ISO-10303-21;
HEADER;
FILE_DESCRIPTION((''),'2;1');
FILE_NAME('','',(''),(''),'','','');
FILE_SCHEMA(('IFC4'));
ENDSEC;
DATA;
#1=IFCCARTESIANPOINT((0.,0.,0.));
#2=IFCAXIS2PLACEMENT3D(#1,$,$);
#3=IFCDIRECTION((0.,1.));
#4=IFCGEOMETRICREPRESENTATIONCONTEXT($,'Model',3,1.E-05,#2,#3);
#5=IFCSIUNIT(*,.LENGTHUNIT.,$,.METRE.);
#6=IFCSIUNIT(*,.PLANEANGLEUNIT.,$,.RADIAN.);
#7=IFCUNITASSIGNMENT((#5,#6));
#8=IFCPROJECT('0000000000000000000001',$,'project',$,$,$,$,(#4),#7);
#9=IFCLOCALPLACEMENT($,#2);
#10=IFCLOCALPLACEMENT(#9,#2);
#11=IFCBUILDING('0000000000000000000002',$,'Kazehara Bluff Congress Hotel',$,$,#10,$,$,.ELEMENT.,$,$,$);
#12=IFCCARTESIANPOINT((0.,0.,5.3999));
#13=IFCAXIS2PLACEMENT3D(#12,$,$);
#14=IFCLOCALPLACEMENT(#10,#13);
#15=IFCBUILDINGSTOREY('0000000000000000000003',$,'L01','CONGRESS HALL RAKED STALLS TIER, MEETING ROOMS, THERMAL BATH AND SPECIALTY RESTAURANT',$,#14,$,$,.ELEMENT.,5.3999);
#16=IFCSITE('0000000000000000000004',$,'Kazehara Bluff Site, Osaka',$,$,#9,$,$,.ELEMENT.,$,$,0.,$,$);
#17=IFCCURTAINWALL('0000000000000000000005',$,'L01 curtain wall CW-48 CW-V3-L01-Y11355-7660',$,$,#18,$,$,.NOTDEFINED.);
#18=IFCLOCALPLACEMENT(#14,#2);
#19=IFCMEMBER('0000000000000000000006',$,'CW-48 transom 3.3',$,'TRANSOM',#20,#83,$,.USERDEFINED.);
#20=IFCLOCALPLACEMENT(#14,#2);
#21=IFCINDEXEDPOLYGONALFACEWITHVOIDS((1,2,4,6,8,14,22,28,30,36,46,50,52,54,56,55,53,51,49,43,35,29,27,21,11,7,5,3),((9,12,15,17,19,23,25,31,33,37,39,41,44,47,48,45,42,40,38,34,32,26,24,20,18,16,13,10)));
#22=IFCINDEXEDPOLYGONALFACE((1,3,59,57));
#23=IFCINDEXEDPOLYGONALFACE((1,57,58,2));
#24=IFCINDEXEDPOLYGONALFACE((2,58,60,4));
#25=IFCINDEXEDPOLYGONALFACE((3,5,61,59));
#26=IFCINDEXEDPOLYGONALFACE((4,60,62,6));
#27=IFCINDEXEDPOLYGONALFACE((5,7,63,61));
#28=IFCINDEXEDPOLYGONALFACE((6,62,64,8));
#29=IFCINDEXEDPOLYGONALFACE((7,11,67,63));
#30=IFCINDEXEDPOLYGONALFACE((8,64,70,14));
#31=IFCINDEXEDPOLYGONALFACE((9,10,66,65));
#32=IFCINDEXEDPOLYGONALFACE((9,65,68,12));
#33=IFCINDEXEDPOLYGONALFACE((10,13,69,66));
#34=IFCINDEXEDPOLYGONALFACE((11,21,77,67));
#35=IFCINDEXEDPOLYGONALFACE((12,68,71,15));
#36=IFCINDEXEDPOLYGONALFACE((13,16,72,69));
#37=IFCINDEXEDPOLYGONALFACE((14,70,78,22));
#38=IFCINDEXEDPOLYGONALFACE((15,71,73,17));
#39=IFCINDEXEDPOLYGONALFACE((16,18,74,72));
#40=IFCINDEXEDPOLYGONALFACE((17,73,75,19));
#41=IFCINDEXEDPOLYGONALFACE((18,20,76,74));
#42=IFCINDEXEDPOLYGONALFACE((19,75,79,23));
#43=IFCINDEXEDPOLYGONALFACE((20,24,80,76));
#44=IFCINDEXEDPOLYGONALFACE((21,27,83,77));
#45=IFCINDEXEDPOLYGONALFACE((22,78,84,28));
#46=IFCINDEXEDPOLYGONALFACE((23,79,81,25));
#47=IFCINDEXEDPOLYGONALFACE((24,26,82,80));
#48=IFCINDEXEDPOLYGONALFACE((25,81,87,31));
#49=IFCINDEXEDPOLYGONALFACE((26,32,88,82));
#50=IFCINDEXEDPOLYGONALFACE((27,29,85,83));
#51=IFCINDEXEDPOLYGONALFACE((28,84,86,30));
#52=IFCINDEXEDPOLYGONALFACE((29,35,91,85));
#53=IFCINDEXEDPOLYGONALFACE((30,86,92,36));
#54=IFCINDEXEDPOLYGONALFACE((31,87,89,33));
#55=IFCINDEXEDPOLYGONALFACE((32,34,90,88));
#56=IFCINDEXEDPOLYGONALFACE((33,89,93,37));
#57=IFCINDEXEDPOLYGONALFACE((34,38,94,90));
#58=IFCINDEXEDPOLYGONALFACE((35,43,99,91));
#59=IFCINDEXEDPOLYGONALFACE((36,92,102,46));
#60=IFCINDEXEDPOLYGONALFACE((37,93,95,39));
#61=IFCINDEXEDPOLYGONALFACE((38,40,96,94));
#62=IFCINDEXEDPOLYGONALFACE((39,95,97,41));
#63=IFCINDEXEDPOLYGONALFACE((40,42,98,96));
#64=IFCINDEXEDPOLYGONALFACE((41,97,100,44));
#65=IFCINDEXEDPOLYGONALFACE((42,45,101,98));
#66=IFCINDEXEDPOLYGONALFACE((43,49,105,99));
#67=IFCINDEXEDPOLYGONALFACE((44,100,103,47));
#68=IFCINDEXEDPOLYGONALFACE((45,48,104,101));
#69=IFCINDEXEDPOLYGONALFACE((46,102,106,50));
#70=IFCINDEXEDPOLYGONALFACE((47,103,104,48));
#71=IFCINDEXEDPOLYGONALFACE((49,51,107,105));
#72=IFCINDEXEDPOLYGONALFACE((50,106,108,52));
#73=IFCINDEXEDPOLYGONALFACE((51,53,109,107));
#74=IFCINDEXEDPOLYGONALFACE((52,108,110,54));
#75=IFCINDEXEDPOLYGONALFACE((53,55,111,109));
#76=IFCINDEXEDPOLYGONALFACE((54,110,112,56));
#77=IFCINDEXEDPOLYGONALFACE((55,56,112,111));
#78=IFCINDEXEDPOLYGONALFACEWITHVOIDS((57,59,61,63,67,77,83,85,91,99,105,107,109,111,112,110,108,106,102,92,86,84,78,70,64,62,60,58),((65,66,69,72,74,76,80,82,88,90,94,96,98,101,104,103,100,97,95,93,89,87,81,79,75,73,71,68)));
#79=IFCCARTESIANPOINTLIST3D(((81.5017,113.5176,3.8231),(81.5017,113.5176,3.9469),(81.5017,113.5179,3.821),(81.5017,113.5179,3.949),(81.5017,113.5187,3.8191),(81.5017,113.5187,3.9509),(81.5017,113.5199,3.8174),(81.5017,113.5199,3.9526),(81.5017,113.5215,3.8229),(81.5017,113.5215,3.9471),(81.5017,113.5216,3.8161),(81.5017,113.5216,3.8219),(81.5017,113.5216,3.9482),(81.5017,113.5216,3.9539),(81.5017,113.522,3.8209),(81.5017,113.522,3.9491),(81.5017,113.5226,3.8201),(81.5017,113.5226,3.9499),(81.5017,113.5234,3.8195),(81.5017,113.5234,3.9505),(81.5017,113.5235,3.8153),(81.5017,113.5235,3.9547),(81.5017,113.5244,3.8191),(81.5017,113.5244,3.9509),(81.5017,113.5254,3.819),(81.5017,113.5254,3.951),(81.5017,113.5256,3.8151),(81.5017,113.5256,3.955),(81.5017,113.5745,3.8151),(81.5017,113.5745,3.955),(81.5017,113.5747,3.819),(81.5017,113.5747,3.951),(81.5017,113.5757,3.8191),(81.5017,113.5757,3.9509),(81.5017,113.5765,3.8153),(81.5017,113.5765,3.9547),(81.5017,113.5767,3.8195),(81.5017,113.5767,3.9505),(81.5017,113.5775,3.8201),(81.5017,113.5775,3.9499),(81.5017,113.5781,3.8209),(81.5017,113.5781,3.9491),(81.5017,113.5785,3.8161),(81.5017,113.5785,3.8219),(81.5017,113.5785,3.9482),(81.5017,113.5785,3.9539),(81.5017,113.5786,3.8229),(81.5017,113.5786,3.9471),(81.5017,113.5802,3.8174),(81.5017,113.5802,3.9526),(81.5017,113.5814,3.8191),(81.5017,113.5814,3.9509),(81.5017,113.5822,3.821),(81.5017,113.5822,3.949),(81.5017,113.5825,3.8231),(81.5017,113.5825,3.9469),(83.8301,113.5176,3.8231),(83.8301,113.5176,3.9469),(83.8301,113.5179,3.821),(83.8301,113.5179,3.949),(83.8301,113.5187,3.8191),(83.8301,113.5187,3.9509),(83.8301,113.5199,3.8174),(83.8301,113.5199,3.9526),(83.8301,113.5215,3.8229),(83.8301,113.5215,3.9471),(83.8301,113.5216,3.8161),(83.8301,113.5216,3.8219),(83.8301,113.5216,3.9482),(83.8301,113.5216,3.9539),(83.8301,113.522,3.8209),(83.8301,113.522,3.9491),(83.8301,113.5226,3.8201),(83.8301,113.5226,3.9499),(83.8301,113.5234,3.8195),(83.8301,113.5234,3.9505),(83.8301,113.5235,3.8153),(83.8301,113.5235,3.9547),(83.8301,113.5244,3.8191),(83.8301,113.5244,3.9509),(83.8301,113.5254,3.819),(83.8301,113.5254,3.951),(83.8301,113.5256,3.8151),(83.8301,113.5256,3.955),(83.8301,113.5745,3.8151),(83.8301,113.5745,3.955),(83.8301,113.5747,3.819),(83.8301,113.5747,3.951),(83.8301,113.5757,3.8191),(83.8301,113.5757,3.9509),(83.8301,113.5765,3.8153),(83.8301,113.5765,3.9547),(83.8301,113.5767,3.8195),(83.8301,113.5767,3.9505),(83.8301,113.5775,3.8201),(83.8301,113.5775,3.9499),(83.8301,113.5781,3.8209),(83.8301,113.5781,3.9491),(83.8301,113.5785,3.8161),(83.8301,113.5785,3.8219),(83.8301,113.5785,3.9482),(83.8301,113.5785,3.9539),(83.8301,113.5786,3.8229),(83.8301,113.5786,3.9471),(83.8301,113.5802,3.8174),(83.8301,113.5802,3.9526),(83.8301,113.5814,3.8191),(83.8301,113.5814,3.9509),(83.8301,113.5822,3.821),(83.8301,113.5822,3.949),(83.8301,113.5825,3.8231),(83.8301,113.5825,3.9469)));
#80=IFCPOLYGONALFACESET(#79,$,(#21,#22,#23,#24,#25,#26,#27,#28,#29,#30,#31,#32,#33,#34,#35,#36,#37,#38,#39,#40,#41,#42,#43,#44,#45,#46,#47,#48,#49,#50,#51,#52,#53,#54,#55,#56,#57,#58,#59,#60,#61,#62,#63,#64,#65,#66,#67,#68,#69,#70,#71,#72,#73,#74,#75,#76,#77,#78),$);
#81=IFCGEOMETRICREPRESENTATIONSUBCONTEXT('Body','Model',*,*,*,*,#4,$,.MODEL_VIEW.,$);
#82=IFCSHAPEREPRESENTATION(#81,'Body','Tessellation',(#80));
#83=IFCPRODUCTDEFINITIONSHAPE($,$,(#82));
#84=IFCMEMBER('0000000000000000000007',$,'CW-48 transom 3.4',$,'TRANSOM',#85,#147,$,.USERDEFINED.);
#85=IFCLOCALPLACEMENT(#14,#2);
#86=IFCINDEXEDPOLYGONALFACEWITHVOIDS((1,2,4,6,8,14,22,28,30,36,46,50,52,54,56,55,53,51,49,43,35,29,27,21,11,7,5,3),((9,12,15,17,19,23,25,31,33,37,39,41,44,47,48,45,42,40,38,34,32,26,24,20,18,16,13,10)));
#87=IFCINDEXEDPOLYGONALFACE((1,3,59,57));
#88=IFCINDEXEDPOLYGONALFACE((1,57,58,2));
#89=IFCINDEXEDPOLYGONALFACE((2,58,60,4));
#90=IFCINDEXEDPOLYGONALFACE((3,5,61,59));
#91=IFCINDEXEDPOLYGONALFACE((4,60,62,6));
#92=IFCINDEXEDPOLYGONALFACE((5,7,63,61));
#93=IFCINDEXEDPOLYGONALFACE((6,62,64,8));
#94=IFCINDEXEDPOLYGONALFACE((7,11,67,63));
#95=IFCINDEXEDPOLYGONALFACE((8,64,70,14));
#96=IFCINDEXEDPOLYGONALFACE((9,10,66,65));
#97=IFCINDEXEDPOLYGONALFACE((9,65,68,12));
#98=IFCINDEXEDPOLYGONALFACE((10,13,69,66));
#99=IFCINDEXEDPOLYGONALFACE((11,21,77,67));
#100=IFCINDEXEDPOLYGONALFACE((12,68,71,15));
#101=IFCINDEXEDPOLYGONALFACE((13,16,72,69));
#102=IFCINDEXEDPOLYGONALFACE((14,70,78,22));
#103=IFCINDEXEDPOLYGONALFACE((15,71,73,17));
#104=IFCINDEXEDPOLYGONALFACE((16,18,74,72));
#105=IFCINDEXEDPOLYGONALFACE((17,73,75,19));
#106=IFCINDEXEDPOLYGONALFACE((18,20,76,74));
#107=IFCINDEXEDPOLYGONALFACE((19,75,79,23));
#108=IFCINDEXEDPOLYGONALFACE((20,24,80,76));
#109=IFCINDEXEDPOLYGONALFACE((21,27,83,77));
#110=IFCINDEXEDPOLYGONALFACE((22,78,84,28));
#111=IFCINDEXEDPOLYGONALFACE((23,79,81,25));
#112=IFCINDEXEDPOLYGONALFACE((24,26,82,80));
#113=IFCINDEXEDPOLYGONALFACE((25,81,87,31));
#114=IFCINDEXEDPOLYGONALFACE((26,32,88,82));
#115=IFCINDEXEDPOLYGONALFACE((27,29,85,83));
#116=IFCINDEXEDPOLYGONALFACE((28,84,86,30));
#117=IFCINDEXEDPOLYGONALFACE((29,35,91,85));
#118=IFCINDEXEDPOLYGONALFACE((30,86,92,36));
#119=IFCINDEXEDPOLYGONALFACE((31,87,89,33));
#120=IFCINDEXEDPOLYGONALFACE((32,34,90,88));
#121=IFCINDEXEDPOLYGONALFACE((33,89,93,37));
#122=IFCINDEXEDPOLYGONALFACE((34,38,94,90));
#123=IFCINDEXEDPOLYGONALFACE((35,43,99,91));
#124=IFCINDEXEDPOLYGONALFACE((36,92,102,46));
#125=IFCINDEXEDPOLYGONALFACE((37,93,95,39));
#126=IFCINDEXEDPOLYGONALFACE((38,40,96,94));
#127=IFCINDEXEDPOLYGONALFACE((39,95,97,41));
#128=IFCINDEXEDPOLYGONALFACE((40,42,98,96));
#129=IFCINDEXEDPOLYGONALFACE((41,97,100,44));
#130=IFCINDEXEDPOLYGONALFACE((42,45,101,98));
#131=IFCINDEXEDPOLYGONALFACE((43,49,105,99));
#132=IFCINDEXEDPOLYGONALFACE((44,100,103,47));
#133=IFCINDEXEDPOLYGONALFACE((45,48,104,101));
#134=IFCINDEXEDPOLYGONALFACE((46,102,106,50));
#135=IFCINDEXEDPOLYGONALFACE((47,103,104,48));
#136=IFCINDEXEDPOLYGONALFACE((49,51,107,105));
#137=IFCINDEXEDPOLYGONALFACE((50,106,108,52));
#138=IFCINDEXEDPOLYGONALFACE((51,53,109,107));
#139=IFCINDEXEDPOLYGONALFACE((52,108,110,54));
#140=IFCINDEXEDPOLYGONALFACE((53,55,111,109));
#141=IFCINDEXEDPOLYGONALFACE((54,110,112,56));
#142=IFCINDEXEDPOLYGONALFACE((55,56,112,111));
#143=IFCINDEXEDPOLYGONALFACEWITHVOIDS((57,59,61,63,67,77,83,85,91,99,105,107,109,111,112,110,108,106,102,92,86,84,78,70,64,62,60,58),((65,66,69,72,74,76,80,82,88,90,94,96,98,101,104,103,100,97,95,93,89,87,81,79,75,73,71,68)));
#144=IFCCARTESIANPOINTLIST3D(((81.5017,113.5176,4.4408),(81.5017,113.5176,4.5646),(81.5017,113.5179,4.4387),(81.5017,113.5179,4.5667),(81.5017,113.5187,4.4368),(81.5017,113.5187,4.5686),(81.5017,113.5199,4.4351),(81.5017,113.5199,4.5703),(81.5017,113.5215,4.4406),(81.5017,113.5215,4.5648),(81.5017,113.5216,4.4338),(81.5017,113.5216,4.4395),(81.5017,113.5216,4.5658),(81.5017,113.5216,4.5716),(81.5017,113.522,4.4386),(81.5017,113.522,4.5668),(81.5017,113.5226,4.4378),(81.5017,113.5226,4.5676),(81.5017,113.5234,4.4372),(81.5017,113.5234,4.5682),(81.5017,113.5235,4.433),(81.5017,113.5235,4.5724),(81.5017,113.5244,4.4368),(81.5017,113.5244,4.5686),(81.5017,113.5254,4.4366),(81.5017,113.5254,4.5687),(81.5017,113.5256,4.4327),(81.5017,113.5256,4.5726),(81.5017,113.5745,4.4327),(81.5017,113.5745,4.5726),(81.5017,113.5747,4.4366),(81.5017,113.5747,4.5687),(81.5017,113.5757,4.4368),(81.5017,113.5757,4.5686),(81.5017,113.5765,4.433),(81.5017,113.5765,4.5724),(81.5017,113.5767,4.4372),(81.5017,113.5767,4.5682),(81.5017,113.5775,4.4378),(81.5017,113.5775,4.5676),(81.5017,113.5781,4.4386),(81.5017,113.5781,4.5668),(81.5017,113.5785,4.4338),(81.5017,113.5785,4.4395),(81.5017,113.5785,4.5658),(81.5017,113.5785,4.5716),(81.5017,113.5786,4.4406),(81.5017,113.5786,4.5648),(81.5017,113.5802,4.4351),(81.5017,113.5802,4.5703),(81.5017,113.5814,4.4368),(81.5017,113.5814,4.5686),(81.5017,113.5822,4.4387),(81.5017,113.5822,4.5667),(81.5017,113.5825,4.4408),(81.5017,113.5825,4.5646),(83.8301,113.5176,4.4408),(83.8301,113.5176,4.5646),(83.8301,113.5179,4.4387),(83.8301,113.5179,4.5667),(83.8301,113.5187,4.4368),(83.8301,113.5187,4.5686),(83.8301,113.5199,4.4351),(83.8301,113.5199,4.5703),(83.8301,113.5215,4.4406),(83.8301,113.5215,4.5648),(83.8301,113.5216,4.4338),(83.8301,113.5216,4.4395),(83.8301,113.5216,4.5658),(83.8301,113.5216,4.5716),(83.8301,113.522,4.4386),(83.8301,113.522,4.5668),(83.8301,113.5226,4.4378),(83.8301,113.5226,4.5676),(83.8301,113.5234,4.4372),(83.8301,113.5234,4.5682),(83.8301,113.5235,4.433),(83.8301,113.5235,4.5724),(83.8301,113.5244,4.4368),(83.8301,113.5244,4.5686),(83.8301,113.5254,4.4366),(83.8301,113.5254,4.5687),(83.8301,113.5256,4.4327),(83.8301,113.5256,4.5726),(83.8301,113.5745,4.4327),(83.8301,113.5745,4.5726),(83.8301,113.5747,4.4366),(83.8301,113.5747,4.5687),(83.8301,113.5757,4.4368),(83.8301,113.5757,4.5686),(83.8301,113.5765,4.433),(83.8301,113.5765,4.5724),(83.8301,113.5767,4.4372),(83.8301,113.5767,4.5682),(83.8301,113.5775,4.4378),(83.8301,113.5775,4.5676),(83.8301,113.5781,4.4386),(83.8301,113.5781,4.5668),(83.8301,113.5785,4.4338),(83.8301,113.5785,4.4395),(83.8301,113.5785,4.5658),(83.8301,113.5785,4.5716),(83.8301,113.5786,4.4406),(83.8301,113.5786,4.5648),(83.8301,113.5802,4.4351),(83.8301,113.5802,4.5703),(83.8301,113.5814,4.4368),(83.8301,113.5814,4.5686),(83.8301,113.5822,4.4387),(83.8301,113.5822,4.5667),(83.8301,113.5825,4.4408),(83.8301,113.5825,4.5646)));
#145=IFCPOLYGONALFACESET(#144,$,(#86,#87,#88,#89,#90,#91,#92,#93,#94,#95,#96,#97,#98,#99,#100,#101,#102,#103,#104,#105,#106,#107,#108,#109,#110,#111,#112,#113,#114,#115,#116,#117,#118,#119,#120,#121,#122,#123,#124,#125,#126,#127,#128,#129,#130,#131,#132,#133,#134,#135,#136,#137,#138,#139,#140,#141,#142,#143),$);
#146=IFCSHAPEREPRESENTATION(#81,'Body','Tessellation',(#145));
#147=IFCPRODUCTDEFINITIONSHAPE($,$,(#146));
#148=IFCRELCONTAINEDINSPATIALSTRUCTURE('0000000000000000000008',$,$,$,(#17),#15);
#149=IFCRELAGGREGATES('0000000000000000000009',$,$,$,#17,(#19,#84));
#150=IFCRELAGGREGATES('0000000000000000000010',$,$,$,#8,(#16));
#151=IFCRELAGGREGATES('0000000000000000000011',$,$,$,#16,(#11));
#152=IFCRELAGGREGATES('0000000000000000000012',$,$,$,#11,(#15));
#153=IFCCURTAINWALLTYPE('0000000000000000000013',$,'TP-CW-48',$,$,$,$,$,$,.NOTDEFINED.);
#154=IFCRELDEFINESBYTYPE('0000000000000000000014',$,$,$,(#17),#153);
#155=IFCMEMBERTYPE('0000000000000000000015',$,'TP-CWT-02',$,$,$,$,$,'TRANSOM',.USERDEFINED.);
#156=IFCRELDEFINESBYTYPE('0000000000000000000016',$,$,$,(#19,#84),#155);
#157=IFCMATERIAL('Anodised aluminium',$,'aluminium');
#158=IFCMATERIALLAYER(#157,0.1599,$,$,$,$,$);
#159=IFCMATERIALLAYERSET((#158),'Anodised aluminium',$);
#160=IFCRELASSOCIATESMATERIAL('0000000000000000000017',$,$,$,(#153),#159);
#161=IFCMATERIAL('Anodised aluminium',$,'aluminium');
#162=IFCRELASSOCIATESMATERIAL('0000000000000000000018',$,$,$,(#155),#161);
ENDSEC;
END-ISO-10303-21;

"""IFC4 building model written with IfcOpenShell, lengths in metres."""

from ifc_helpers import new_model, si_unit, direction, frame, origin, origin_2d, place, context, subcontext, project, spatial, hollow_rectangle, extrude, material, layer, layer_set, material_profile, profile_set, type_object, element, aggregate, save


model = new_model("IFC4")

# Units and contexts
model_context = context("Model", 3, precision=1e-05, world=origin(), true_north=direction((0.0, 1.0)))
body_context = subcontext(model_context, "Body", "Model", "MODEL_VIEW")
ifc_project = project(units=[si_unit("LENGTHUNIT", "METRE"), si_unit("PLANEANGLEUNIT", "RADIAN")], contexts=[model_context])

# Site, building, storey
site_placement = place(None, origin())
site = spatial("IfcSite", under=ifc_project, at=site_placement, Name="Kazehara Bluff Site, Osaka", CompositionType="ELEMENT", RefElevation=0.0)
building_placement = place(site_placement, origin())
building = spatial("IfcBuilding", under=site, at=building_placement, Name="Kazehara Bluff Congress Hotel", CompositionType="ELEMENT")
storey_placement = place(building_placement, frame((0.0, 0.0, 5.3999)))
storey = spatial("IfcBuildingStorey", under=building, at=storey_placement, Name="L01", Description="CONGRESS HALL RAKED STALLS TIER, MEETING ROOMS, THERMAL BATH AND SPECIALTY RESTAURANT", CompositionType="ELEMENT", Elevation=5.3999)

# Curtain wall
ifc_material_1 = material(Name="Anodised aluminium", Category="aluminium")
ifc_layer_1 = layer(ifc_material_1, 0.1599)
ifc_layer_set_1 = layer_set([ifc_layer_1], Name="Anodised aluminium")
curtain_wall_type_1 = type_object("IfcCurtainWallType", Name="TP-CW-48", PredefinedType="NOTDEFINED", material=ifc_layer_set_1)
curtain_wall_1_placement = place(storey_placement, origin())
curtain_wall_1 = element("IfcCurtainWall", 1, at=curtain_wall_1_placement, inside=storey, type_object=curtain_wall_type_1, Name="L01 curtain wall CW-48 CW-V3-L01-Y11355-7660", PredefinedType="NOTDEFINED")

# Members
ifc_material_2 = material(Name="Anodised aluminium", Category="aluminium")
ifc_material_profile_1 = material_profile(ifc_material_2, hollow_rectangle(XDim=0.0649, YDim=0.1399, WallThickness=0.0039, InnerFilletRadius=0.0039, OuterFilletRadius=0.0081, at=origin_2d()))
ifc_profile_set_1 = profile_set([ifc_material_profile_1], Name="Anodised aluminium")
member_type_1 = type_object("IfcMemberType", Name="TP-CWT-02", ElementType="TRANSOM", PredefinedType="USERDEFINED", material=ifc_profile_set_1)
member_1_placement = place(storey_placement, frame((81.5017, 113.55, 3.885), z_axis=(1.0, 0.0, 0.0), x_axis=(0.0, 1.0, 0.0)))
member_1 = element("IfcMember", 2, at=member_1_placement, type_object=member_type_1, Name="CW-48 transom 3.3", ObjectType="TRANSOM", PredefinedType="USERDEFINED", context=body_context, shape_type="SweptSolid", body=[
    extrude(hollow_rectangle(XDim=0.0649, YDim=0.1399, WallThickness=0.0039, InnerFilletRadius=0.0039, OuterFilletRadius=0.0081, at=origin_2d()), origin(), (0.0, 0.0, 1.0), 2.3284),
])
member_2_placement = place(storey_placement, frame((81.5017, 113.55, 4.5027), z_axis=(1.0, 0.0, 0.0), x_axis=(0.0, 1.0, 0.0)))
member_2 = element("IfcMember", 3, at=member_2_placement, type_object=member_type_1, Name="CW-48 transom 3.4", ObjectType="TRANSOM", PredefinedType="USERDEFINED", context=body_context, shape_type="SweptSolid", body=[
    extrude(hollow_rectangle(XDim=0.0649, YDim=0.1399, WallThickness=0.0039, InnerFilletRadius=0.0039, OuterFilletRadius=0.0081, at=origin_2d()), origin(), (0.0, 0.0, 1.0), 2.3284),
])

aggregate(curtain_wall_1, [member_1, member_2])

save(model, "model.ifc")
